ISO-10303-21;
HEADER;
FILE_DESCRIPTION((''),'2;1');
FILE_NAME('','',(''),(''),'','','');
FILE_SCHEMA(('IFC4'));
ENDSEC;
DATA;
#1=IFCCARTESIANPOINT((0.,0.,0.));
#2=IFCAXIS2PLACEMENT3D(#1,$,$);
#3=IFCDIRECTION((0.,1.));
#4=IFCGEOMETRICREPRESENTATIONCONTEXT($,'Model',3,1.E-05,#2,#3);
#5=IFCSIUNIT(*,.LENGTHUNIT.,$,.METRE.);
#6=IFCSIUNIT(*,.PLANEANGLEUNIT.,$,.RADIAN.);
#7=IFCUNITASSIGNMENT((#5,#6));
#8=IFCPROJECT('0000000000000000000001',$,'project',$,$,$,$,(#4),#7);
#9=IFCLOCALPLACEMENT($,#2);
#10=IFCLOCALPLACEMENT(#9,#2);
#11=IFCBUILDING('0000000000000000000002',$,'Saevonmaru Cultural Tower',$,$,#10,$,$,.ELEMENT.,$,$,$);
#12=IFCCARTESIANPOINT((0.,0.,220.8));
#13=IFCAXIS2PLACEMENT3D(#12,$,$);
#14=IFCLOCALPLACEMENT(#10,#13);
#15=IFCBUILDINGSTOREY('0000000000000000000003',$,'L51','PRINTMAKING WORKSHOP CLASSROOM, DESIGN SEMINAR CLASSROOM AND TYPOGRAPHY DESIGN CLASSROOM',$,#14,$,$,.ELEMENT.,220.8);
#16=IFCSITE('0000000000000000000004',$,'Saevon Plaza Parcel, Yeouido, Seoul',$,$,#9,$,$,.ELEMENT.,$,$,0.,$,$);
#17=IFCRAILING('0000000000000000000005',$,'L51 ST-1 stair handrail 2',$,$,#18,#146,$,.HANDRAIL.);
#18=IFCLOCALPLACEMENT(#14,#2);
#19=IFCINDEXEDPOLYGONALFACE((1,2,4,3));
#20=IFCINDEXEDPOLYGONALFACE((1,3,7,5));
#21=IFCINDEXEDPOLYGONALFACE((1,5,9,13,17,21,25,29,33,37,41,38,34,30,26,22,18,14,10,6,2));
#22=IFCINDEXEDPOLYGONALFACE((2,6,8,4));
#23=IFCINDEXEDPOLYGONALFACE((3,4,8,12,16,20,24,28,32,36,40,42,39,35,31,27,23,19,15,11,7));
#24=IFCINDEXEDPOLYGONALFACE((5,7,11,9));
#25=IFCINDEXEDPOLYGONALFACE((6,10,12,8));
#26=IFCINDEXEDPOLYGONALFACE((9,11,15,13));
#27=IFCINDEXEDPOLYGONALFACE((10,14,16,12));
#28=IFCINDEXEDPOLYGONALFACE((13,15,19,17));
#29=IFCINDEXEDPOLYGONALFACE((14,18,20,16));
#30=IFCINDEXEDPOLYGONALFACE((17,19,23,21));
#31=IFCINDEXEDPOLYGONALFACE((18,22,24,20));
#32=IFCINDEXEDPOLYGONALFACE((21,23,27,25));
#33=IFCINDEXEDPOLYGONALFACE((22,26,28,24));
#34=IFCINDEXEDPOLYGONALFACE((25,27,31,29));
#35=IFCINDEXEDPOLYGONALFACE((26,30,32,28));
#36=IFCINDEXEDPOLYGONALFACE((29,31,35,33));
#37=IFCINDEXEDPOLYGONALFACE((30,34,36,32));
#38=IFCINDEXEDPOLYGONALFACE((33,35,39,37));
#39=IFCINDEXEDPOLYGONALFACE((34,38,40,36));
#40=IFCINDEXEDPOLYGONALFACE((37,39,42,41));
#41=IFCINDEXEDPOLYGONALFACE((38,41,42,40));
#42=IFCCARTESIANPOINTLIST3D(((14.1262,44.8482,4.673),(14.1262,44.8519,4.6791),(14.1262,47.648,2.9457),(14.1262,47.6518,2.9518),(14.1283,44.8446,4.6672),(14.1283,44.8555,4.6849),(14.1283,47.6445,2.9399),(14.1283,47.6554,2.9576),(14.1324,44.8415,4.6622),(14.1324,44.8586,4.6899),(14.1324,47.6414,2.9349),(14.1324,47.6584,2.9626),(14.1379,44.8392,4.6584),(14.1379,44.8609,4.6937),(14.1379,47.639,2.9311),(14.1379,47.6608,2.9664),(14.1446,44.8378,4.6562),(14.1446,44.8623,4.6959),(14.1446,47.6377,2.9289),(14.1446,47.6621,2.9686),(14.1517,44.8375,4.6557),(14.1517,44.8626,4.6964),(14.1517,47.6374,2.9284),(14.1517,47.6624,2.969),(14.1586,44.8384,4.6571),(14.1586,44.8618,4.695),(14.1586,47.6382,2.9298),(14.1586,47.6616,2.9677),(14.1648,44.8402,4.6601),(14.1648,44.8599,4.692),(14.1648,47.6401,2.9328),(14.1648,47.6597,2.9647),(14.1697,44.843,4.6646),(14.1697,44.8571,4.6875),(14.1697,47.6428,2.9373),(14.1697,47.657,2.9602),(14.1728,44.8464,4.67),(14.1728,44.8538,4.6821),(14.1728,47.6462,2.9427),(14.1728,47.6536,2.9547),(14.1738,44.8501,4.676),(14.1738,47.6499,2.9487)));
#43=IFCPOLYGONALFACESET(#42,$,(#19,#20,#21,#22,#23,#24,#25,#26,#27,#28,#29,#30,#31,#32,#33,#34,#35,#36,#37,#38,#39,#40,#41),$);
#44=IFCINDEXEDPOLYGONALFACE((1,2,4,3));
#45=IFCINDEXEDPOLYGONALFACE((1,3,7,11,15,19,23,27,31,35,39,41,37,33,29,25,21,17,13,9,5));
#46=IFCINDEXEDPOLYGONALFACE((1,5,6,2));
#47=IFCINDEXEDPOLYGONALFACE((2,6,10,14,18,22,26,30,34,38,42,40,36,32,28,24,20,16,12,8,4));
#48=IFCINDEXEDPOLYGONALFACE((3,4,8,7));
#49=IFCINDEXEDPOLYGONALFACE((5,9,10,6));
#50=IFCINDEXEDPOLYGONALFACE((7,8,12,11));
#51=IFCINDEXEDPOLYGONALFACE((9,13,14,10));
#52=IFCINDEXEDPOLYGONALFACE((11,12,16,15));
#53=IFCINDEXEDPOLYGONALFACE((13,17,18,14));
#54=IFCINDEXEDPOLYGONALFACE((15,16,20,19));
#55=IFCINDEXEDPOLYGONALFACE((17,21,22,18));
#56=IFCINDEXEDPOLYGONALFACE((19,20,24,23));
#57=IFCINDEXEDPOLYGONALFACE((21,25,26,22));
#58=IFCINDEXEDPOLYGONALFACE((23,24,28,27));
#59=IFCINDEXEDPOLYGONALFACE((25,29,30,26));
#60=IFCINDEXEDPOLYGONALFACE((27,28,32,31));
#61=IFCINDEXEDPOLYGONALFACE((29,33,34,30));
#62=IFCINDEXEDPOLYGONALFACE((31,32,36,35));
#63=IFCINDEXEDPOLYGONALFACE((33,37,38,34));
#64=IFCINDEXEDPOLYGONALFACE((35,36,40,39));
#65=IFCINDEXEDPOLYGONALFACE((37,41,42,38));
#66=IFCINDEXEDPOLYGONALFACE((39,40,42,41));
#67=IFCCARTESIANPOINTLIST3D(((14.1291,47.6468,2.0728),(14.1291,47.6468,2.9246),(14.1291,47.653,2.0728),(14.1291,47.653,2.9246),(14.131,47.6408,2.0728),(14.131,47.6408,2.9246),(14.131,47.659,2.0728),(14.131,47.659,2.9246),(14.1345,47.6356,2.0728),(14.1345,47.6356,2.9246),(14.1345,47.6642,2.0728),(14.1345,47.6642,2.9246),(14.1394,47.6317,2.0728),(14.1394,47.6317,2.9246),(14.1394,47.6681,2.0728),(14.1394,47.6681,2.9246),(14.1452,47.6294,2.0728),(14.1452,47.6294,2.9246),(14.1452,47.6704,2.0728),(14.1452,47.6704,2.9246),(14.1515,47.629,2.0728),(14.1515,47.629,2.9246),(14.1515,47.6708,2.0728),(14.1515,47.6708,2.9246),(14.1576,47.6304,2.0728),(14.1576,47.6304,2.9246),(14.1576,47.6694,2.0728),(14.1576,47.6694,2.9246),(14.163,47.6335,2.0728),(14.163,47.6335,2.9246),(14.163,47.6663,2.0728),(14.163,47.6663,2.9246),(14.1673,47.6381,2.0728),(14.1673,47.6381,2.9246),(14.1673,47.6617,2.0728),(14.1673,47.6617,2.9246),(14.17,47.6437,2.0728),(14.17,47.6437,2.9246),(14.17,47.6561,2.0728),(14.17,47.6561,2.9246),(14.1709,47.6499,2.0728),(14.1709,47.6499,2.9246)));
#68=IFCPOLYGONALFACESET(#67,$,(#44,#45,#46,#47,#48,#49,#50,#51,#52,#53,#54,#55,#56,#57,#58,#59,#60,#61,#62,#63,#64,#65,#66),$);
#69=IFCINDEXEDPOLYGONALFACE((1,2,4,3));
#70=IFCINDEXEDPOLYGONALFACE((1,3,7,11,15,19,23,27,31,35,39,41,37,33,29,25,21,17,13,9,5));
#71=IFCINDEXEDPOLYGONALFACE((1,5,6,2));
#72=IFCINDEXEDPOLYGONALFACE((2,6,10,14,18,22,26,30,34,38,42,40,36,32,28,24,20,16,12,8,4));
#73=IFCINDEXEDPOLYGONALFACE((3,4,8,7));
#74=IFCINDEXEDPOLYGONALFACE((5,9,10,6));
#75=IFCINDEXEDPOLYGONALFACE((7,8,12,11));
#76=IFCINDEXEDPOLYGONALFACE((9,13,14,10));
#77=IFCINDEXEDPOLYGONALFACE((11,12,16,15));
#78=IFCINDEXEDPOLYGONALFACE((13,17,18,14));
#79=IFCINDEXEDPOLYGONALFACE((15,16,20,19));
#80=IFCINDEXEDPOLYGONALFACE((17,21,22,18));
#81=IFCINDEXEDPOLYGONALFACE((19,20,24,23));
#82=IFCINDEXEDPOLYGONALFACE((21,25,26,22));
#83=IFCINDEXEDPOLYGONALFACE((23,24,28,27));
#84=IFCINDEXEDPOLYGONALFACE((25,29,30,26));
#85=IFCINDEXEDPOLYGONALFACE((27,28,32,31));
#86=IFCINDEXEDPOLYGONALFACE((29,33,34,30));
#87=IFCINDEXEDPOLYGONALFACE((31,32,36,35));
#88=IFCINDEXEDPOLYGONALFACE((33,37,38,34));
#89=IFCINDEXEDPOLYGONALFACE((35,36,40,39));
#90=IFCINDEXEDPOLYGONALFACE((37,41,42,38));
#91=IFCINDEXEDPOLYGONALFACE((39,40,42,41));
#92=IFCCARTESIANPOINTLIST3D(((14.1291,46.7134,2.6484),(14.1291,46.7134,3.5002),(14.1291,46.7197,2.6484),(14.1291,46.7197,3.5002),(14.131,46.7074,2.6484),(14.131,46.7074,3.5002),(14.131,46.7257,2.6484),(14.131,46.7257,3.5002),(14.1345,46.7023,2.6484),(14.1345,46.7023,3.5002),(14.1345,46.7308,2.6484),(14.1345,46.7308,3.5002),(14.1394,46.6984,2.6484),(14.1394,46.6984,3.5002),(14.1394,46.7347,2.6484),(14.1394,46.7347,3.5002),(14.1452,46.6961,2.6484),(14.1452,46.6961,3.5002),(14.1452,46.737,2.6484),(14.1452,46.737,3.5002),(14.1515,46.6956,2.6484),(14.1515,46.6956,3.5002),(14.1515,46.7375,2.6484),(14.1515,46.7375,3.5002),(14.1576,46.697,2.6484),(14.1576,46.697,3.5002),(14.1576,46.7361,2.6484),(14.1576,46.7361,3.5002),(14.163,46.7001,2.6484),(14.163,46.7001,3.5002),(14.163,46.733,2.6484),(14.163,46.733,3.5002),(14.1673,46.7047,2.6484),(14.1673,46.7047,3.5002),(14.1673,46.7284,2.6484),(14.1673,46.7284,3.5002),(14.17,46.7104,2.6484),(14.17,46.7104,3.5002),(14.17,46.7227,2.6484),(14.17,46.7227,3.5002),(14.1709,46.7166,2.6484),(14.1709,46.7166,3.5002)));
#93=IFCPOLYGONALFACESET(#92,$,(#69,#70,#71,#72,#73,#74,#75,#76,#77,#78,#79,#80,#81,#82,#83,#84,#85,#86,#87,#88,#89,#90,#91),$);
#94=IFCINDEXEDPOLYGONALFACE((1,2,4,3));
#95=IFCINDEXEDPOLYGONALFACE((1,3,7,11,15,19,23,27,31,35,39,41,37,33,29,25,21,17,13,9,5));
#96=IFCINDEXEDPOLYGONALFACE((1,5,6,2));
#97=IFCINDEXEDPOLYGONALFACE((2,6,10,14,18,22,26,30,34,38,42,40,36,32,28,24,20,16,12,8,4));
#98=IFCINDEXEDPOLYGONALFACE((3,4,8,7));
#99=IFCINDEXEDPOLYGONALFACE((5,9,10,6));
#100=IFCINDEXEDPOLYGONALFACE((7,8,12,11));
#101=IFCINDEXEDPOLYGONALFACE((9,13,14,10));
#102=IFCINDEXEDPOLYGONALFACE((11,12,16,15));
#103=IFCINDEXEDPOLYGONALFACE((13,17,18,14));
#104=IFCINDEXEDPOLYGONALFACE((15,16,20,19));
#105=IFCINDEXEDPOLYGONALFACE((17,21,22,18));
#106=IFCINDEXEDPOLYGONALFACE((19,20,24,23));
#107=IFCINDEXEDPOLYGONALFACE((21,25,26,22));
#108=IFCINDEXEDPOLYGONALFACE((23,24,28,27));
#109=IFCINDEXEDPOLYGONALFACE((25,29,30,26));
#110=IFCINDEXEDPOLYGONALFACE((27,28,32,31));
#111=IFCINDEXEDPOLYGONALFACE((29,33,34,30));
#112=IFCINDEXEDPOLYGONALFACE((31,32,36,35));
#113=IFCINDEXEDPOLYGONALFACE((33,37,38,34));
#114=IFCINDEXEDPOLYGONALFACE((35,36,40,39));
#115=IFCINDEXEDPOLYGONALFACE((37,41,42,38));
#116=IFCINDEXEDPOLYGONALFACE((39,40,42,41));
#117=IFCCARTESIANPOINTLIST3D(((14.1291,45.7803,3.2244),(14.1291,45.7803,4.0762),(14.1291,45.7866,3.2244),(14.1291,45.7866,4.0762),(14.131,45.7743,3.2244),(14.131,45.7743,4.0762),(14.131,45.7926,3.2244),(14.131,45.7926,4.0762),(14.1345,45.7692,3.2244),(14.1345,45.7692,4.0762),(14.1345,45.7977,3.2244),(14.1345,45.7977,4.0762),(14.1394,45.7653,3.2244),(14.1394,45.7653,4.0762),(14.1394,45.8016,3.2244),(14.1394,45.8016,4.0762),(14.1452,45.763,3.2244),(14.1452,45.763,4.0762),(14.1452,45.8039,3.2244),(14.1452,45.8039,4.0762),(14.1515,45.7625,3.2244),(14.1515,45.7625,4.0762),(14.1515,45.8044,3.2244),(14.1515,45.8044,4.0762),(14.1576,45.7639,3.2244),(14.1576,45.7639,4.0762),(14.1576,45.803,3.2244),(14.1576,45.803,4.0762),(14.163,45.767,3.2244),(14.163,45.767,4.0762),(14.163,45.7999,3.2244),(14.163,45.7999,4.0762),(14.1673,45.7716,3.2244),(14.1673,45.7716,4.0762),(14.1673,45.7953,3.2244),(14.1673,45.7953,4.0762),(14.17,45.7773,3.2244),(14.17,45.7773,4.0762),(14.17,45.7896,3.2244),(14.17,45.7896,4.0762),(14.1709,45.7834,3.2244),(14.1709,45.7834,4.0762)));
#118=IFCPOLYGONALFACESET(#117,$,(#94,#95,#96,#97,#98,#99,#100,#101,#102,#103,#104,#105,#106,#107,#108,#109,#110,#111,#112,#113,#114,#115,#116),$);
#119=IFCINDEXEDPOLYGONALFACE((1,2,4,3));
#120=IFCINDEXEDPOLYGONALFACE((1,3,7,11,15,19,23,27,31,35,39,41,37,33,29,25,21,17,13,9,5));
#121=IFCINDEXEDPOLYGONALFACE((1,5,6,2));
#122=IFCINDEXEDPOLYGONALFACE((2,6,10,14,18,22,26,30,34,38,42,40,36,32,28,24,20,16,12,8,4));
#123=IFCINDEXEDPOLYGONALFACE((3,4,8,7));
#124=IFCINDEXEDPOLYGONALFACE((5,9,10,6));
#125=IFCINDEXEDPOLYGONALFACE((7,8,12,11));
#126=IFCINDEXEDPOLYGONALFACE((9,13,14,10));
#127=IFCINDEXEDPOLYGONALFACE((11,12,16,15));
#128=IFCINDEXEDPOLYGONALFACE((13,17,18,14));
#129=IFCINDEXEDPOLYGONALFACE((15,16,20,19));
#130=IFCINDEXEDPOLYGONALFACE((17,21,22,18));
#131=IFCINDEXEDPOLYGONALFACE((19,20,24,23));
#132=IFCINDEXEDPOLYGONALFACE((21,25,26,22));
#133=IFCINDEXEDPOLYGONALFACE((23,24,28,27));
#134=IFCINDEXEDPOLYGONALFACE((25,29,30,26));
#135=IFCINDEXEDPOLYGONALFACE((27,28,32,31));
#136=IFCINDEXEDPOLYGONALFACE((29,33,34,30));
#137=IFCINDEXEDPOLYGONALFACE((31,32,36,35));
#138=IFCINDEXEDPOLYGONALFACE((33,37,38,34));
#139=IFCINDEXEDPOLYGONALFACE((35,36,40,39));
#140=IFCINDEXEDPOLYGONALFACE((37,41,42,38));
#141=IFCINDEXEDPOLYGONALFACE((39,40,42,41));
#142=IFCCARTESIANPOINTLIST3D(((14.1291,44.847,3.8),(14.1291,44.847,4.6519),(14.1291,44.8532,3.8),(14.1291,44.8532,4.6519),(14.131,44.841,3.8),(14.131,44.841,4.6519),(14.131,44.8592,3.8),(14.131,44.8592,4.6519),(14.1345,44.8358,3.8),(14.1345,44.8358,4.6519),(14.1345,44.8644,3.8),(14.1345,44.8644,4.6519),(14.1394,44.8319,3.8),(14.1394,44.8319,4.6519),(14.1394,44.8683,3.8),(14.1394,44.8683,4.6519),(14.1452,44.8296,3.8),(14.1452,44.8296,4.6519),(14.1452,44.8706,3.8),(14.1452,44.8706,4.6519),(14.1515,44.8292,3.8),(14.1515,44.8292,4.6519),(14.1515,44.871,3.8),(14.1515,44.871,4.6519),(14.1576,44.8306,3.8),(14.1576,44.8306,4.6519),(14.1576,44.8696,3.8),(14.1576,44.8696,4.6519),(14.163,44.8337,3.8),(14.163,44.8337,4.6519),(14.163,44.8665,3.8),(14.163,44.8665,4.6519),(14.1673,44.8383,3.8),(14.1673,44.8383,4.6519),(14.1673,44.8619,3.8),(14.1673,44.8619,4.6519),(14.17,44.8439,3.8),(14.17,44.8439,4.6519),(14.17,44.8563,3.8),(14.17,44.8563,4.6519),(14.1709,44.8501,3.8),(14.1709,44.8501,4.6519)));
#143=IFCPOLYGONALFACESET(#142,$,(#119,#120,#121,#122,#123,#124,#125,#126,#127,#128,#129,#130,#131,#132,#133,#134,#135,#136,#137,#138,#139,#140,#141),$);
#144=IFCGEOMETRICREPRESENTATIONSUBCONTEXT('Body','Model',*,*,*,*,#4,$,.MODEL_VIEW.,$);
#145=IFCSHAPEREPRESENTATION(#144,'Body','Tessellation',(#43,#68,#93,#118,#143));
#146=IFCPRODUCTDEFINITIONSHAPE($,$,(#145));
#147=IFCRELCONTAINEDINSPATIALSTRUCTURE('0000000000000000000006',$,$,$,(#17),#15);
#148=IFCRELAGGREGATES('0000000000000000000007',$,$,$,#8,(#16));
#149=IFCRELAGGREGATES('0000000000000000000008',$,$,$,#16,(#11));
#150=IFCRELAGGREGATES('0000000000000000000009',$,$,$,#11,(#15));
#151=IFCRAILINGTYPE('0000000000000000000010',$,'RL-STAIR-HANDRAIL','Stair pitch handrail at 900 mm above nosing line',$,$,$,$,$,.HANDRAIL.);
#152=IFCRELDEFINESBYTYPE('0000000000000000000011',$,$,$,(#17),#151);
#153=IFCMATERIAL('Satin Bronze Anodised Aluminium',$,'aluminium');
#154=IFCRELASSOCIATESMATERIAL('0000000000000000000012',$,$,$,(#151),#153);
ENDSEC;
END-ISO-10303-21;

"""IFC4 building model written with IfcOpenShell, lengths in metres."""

from ifc_helpers import new_model, si_unit, direction, frame, origin, origin_2d, place, context, subcontext, project, spatial, circle, extrude, material, type_object, element, save


model = new_model("IFC4")

# Units and contexts
model_context = context("Model", 3, precision=1e-05, world=origin(), true_north=direction((0.0, 1.0)))
body_context = subcontext(model_context, "Body", "Model", "MODEL_VIEW")
ifc_project = project(units=[si_unit("LENGTHUNIT", "METRE"), si_unit("PLANEANGLEUNIT", "RADIAN")], contexts=[model_context])

# Site, building, storey
site_placement = place(None, origin())
site = spatial("IfcSite", under=ifc_project, at=site_placement, Name="Saevon Plaza Parcel, Yeouido, Seoul", CompositionType="ELEMENT", RefElevation=0.0)
building_placement = place(site_placement, origin())
building = spatial("IfcBuilding", under=site, at=building_placement, Name="Saevonmaru Cultural Tower", CompositionType="ELEMENT")
storey_placement = place(building_placement, frame((0.0, 0.0, 220.8)))
storey = spatial("IfcBuildingStorey", under=building, at=storey_placement, Name="L51", Description="PRINTMAKING WORKSHOP CLASSROOM, DESIGN SEMINAR CLASSROOM AND TYPOGRAPHY DESIGN CLASSROOM", CompositionType="ELEMENT", Elevation=220.8)

# Shared definitions
ifc_material_1 = material(Name="Satin Bronze Anodised Aluminium", Category="aluminium")

# Railing
railing_type_1 = type_object("IfcRailingType", Name="RL-STAIR-HANDRAIL", Description="Stair pitch handrail at 900 mm above nosing line", PredefinedType="HANDRAIL", material=ifc_material_1)
railing_1_placement = place(storey_placement, frame((14.1499, 47.6499, 2.0728)))
element("IfcRailing", 1, at=railing_1_placement, inside=storey, type_object=railing_type_1, Name="L51 ST-1 stair handrail 2", PredefinedType="HANDRAIL", context=body_context, shape_type="SweptSolid", body=[
    extrude(circle(Radius=0.0239, at=origin_2d()), frame((0.0, 0.0, 0.876), z_axis=(0.0, -0.851069, 0.525054), x_axis=(1.0, 0.0, 0.0)), (0.0, 0.0, 1.0), 3.2898),
    extrude(circle(Radius=0.021, at=origin_2d()), origin(), (0.0, 0.0, 1.0), 0.8518),
    extrude(circle(Radius=0.021, at=origin_2d()), frame((0.0, -0.9333, 0.5757)), (0.0, 0.0, 1.0), 0.8518),
    extrude(circle(Radius=0.021, at=origin_2d()), frame((0.0, -1.8665, 1.1516)), (0.0, 0.0, 1.0), 0.8518),
    extrude(circle(Radius=0.021, at=origin_2d()), frame((0.0, -2.7998, 1.7273)), (0.0, 0.0, 1.0), 0.8518),
])

save(model, "model.ifc")
